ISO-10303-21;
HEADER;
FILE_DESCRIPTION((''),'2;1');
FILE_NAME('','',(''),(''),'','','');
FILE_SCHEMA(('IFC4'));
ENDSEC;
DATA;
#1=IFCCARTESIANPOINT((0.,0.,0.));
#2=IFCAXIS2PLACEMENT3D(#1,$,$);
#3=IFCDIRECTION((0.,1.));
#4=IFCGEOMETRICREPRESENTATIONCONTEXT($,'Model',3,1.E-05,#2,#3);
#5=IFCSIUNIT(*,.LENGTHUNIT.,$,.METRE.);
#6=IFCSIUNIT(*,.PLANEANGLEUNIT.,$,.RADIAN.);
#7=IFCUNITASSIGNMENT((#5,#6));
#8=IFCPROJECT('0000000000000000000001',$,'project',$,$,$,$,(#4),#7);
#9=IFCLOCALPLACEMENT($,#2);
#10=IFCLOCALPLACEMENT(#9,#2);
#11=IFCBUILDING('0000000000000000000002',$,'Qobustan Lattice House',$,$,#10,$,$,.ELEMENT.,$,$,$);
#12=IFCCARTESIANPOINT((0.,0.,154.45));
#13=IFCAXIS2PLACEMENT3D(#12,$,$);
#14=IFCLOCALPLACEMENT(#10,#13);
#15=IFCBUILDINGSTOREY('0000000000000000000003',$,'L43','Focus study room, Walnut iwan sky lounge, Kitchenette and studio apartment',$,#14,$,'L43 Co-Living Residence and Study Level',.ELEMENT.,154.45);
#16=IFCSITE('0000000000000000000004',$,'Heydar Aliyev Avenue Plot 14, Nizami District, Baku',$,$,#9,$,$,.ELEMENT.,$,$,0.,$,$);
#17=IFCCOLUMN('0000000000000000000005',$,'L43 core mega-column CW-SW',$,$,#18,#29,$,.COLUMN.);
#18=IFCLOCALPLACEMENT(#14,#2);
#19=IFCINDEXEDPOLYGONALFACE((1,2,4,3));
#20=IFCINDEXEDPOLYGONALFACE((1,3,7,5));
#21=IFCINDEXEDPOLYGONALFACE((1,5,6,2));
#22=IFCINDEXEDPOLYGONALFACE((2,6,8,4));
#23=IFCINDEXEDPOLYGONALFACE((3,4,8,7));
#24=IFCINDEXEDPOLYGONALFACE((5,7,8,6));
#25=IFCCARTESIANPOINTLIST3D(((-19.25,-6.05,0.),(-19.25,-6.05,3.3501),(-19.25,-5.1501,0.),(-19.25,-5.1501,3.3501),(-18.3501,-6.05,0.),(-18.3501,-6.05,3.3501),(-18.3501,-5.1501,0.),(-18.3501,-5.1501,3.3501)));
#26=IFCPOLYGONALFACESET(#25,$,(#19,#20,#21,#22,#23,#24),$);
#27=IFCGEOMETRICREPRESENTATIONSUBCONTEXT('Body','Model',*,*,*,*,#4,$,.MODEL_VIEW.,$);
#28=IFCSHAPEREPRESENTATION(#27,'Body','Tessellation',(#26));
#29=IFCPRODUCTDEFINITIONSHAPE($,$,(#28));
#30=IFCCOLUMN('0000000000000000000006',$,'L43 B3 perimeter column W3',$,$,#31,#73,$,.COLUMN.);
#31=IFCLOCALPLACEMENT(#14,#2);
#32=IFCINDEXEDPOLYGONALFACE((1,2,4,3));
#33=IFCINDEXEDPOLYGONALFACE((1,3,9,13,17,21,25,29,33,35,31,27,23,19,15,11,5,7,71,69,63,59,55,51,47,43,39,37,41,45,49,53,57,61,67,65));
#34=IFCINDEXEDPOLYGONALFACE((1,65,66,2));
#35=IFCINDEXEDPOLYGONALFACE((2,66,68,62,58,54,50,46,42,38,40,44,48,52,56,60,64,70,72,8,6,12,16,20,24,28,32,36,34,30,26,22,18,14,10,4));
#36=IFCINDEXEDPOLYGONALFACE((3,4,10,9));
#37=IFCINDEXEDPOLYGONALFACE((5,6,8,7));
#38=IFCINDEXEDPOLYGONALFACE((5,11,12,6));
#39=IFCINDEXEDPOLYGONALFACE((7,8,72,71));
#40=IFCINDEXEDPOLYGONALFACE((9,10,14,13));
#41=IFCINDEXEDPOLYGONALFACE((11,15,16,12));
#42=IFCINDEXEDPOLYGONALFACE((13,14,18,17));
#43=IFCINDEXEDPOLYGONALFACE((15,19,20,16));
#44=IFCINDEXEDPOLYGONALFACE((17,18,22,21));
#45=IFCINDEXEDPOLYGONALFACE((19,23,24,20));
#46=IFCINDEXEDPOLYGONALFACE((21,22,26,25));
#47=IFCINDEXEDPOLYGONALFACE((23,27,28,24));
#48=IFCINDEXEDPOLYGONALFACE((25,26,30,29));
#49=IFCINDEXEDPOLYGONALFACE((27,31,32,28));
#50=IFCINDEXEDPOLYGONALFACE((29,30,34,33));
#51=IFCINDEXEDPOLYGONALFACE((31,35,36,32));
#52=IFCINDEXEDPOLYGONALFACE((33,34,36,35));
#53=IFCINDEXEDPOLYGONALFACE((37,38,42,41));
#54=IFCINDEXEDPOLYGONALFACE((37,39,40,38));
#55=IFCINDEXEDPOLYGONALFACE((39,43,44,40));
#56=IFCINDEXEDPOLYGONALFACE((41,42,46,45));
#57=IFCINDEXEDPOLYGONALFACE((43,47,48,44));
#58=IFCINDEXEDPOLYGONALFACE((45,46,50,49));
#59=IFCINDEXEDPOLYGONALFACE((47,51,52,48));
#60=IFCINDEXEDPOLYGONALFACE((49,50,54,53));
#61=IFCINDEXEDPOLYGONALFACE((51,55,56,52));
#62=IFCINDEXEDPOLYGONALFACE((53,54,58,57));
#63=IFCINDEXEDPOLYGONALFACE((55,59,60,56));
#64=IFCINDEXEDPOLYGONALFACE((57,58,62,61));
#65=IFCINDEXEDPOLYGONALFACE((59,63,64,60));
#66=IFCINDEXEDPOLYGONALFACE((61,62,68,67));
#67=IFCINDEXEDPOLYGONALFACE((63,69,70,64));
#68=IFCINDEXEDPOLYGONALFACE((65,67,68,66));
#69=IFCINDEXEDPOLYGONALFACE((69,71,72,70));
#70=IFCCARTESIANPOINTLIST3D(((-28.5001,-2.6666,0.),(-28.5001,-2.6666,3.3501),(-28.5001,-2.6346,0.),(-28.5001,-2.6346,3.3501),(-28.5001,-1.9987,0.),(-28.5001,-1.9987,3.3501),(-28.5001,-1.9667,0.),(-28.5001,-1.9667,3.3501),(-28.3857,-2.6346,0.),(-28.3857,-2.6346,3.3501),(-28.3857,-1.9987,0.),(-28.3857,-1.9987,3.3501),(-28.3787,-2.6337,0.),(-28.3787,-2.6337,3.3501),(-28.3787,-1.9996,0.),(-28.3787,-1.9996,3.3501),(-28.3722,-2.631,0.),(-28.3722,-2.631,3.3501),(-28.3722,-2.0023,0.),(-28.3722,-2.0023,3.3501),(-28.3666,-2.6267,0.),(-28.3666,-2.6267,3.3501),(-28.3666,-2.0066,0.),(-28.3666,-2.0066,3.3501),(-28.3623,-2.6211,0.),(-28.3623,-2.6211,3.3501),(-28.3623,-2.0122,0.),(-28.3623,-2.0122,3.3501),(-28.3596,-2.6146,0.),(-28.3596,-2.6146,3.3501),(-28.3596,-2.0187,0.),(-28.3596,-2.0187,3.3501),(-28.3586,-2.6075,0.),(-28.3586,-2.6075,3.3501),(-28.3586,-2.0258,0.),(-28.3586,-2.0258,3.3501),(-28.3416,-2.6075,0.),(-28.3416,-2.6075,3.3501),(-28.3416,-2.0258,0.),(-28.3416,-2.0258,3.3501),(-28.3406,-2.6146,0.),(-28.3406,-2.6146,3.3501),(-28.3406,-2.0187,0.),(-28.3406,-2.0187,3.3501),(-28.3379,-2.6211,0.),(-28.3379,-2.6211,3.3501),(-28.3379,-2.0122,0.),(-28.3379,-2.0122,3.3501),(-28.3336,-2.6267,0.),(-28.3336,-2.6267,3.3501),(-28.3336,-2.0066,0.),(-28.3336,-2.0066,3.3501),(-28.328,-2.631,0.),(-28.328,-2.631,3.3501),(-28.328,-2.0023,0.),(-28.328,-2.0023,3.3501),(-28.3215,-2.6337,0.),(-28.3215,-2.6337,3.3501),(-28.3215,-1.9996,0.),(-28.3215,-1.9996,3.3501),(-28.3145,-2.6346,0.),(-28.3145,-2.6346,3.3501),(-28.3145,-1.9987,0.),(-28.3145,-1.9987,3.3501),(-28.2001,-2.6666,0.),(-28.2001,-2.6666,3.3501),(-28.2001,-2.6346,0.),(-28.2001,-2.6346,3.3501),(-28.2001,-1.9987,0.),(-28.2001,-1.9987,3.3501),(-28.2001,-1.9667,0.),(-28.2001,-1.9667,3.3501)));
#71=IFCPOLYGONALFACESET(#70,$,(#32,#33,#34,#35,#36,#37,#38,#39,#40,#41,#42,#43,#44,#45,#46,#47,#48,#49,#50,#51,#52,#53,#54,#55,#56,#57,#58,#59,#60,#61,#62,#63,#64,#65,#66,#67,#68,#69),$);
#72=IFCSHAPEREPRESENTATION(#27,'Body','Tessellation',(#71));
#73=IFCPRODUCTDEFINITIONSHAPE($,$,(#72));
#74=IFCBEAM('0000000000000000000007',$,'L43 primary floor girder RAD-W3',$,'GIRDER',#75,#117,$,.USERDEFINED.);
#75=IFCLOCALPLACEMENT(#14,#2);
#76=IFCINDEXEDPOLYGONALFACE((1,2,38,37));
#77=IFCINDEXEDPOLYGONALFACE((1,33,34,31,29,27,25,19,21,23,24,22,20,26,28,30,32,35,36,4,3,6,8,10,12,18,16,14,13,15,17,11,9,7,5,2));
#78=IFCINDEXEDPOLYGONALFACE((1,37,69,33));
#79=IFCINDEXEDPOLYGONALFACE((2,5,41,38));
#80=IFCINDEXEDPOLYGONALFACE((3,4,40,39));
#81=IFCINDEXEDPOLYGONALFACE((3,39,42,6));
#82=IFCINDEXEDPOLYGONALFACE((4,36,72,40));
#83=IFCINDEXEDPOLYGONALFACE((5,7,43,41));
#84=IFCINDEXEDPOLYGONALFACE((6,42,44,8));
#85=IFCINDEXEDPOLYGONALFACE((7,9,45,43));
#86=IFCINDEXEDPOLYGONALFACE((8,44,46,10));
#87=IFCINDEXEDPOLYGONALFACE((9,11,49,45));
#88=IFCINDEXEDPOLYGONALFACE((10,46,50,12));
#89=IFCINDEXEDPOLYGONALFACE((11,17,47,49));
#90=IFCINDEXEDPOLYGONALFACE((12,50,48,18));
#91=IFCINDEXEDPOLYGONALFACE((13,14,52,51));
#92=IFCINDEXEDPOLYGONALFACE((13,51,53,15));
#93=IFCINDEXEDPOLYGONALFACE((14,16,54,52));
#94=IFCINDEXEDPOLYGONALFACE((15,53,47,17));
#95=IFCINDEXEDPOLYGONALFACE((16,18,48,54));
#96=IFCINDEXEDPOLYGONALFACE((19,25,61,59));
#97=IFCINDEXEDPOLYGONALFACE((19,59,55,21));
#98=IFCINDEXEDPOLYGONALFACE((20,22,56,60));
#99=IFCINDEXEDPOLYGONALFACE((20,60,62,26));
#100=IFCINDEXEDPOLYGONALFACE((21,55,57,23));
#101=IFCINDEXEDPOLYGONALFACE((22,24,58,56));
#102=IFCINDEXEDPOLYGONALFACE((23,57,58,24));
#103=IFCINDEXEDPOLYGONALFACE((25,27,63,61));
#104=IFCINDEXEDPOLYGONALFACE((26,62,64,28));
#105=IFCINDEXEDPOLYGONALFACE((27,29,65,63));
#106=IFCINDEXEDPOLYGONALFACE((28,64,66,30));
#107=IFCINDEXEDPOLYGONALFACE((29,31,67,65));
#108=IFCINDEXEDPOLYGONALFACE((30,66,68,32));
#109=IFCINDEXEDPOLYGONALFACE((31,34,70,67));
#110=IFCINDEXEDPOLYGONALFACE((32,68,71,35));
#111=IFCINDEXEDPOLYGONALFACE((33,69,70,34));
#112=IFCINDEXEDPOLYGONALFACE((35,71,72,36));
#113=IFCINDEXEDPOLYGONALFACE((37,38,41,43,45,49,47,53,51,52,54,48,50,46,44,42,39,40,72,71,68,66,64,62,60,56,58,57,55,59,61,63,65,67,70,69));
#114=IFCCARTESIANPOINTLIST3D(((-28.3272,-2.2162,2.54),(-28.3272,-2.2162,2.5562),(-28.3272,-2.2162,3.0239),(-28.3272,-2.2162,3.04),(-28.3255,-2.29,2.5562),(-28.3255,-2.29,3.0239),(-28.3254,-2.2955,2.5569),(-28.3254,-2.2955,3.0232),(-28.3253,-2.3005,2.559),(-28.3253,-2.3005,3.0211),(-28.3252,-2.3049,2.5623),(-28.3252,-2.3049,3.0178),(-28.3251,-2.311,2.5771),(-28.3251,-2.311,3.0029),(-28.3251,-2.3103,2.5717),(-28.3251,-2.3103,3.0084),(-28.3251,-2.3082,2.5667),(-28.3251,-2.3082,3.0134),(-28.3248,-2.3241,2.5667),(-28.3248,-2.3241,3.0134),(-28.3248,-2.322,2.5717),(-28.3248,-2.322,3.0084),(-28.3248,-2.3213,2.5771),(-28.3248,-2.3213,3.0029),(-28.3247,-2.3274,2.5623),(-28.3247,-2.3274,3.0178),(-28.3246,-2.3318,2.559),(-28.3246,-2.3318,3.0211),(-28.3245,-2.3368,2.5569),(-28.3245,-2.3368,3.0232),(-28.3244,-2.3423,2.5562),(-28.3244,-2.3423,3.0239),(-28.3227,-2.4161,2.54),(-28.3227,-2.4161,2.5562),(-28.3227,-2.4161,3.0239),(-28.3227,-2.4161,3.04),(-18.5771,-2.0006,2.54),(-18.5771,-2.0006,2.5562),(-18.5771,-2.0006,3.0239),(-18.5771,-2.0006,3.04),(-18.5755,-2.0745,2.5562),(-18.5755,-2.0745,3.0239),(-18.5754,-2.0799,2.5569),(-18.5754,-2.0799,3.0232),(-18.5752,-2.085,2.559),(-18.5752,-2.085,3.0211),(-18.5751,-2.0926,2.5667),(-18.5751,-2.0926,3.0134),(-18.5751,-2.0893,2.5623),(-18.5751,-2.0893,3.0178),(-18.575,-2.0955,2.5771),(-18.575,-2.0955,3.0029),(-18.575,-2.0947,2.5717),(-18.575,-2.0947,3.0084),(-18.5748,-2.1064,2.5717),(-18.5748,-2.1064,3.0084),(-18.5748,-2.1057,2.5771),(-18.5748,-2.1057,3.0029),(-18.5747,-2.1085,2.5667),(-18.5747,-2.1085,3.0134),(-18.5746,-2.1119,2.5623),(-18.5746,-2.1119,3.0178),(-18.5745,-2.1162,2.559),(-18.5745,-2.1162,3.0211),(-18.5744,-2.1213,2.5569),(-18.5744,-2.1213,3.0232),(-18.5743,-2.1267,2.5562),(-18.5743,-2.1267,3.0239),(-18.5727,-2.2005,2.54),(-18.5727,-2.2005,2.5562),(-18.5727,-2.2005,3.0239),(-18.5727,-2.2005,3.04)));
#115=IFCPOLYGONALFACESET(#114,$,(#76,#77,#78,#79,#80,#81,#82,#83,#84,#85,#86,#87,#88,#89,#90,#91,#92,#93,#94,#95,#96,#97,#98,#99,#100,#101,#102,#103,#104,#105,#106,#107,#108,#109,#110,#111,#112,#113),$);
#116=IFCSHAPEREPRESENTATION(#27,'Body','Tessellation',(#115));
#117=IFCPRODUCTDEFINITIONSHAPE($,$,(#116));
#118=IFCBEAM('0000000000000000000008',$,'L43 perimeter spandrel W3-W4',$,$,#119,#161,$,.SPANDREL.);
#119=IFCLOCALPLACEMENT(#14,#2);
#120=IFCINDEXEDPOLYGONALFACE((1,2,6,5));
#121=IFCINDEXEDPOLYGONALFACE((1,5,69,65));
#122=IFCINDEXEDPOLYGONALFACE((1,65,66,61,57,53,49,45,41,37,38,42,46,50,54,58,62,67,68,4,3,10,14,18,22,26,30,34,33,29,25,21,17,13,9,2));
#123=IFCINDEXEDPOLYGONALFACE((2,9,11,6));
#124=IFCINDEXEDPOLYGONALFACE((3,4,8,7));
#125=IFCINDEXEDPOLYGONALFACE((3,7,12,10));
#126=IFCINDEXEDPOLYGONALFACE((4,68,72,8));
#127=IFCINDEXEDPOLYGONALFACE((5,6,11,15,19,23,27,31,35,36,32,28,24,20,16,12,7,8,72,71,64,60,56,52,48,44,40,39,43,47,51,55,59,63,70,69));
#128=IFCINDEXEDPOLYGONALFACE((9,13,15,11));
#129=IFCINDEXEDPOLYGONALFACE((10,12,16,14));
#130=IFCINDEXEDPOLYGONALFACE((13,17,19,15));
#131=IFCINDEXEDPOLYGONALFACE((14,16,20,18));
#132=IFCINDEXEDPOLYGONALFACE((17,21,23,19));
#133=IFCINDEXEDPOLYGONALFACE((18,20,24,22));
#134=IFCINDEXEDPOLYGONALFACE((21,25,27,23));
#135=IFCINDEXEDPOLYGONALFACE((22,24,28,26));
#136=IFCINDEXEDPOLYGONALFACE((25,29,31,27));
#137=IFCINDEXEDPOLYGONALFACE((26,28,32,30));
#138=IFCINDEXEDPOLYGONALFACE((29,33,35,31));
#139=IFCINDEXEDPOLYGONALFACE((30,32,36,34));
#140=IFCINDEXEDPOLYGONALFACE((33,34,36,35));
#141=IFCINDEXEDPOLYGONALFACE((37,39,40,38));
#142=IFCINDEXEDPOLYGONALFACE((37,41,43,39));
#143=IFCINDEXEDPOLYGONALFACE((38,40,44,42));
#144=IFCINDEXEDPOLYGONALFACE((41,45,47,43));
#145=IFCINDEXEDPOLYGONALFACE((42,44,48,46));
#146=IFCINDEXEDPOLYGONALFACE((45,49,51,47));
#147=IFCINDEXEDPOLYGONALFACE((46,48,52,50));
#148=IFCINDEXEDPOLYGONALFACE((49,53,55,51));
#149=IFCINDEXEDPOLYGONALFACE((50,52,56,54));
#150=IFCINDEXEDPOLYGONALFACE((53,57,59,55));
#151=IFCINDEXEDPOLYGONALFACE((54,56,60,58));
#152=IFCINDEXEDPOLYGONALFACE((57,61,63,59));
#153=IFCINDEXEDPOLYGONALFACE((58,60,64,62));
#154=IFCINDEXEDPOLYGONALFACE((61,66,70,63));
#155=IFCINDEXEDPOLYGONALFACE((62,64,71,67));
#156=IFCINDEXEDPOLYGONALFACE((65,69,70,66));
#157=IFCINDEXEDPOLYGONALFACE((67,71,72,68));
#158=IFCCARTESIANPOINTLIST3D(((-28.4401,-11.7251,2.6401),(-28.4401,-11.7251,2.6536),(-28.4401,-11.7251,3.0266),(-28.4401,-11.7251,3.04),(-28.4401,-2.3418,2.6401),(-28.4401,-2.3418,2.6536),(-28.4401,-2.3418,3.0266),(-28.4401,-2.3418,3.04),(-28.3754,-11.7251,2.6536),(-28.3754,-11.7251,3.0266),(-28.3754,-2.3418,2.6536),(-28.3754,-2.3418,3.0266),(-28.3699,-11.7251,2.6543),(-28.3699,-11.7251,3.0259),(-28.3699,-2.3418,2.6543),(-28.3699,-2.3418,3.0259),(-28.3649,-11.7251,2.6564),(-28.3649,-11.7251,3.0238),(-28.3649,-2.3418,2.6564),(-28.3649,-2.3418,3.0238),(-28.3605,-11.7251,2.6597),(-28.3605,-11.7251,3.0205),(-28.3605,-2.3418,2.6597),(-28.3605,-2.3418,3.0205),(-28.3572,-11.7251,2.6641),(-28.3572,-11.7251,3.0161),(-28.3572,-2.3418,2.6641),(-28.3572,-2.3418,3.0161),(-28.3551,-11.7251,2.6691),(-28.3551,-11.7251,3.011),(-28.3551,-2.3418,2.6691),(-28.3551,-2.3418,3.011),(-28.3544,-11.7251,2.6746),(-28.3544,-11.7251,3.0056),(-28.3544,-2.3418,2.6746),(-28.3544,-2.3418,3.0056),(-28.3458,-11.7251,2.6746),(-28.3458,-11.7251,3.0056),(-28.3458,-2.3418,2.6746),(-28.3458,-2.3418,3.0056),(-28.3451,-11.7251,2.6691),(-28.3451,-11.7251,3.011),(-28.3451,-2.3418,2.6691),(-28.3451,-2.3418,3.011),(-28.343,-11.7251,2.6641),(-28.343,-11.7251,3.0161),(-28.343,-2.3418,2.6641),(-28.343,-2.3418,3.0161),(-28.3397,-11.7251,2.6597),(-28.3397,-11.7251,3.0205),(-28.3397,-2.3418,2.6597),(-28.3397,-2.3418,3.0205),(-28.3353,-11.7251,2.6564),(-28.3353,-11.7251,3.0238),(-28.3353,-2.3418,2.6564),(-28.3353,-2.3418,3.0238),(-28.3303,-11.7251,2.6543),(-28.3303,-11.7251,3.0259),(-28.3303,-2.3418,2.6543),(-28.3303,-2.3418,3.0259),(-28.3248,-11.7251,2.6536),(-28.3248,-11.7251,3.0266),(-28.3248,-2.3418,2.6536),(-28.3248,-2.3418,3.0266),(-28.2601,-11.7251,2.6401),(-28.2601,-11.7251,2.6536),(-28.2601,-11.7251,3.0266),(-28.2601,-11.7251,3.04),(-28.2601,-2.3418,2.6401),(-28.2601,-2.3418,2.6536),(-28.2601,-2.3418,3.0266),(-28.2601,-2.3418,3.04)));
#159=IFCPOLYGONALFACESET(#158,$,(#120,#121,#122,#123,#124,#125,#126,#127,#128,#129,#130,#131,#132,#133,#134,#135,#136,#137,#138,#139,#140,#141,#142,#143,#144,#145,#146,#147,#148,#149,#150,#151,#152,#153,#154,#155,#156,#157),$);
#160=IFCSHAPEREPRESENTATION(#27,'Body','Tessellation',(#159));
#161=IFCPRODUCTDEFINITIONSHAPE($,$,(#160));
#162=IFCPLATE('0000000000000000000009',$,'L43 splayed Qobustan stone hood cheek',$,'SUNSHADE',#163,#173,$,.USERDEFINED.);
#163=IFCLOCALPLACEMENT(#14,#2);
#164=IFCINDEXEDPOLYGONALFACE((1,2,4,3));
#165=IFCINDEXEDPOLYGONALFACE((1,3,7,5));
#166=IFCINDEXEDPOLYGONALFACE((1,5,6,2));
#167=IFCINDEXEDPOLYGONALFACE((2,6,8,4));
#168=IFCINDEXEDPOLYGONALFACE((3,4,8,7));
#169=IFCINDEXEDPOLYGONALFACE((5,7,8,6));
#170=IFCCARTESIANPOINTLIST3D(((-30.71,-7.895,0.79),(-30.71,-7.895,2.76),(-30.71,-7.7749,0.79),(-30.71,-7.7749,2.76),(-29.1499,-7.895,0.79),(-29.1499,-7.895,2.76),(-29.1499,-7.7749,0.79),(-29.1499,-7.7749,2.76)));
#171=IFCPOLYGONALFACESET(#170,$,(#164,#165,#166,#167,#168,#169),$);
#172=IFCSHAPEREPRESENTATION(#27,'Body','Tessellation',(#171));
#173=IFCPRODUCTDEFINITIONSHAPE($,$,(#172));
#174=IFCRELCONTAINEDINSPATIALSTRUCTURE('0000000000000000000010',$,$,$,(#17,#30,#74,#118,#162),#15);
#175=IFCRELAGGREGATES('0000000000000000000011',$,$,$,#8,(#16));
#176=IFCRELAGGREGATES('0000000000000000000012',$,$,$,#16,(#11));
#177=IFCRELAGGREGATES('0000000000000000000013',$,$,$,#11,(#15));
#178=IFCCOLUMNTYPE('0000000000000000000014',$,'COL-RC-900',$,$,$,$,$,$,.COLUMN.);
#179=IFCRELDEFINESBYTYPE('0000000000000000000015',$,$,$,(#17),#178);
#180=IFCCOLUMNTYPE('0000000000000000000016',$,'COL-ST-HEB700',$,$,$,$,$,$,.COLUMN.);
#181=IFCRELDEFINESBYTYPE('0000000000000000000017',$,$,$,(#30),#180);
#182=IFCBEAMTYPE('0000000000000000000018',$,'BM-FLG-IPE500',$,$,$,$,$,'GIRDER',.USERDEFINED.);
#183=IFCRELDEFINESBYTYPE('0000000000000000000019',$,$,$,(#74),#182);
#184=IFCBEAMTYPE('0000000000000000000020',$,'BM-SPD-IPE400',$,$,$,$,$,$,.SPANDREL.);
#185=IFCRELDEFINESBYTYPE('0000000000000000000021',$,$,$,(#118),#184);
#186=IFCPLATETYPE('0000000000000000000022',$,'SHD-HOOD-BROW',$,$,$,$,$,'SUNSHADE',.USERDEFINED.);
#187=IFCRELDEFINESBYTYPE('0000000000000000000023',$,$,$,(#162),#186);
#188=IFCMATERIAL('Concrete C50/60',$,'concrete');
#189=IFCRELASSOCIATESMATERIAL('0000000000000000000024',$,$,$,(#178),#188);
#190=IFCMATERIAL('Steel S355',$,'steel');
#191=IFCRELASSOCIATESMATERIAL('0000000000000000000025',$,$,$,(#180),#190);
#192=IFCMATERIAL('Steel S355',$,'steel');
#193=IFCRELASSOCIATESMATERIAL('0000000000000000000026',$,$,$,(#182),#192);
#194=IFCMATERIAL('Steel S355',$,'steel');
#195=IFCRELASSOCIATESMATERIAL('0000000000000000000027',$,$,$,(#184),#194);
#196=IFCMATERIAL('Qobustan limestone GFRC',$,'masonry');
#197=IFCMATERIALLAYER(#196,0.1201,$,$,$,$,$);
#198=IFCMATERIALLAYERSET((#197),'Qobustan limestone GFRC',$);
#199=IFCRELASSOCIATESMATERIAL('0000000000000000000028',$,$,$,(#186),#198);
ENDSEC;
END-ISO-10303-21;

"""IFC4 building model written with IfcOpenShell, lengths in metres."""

from ifc_helpers import new_model, si_unit, direction, frame, origin, origin_2d, place, context, subcontext, project, spatial, rectangle, i_section, extrude, material, layer, layer_set, material_profile, profile_set, type_object, element, save


model = new_model("IFC4")

# Units and contexts
model_context = context("Model", 3, precision=1e-05, world=origin(), true_north=direction((0.0, 1.0)))
body_context = subcontext(model_context, "Body", "Model", "MODEL_VIEW")
ifc_project = project(units=[si_unit("LENGTHUNIT", "METRE"), si_unit("PLANEANGLEUNIT", "RADIAN")], contexts=[model_context])

# Site, building, storey
site_placement = place(None, origin())
site = spatial("IfcSite", under=ifc_project, at=site_placement, Name="Heydar Aliyev Avenue Plot 14, Nizami District, Baku", CompositionType="ELEMENT", RefElevation=0.0)
building_placement = place(site_placement, origin())
building = spatial("IfcBuilding", under=site, at=building_placement, Name="Qobustan Lattice House", CompositionType="ELEMENT")
storey_placement = place(building_placement, frame((0.0, 0.0, 154.45)))
storey = spatial("IfcBuildingStorey", under=building, at=storey_placement, Name="L43", Description="Focus study room, Walnut iwan sky lounge, Kitchenette and studio apartment", LongName="L43 Co-Living Residence and Study Level", CompositionType="ELEMENT", Elevation=154.45)

# Columns
ifc_material_1 = material(Name="Concrete C50/60", Category="concrete")
ifc_material_profile_1 = material_profile(ifc_material_1, rectangle(XDim=0.8999, YDim=0.8999, at=origin_2d()), Name="RC900x900")
ifc_profile_set_1 = profile_set([ifc_material_profile_1], Name="Concrete C50/60")
column_type_1 = type_object("IfcColumnType", Name="COL-RC-900", PredefinedType="COLUMN", material=ifc_profile_set_1)
column_1_placement = place(storey_placement, frame((-18.8, -5.6001, 0.0), z_axis=(0.0, 0.0, 1.0), x_axis=(1.0, 0.0, 0.0)))
element("IfcColumn", 1, at=column_1_placement, inside=storey, type_object=column_type_1, Name="L43 core mega-column CW-SW", PredefinedType="COLUMN", context=body_context, shape_type="SweptSolid", body=[
    extrude(rectangle(XDim=0.8999, YDim=0.8999, at=origin_2d()), origin(), (0.0, 0.0, 1.0), 3.3501),
])
ifc_material_2 = material(Name="Steel S355", Category="steel")
ifc_material_profile_2 = material_profile(ifc_material_2, i_section(OverallWidth=0.3, OverallDepth=0.7, WebThickness=0.0171, FlangeThickness=0.032, FilletRadius=0.0271, at=origin_2d()), Name="HEB700")
ifc_profile_set_2 = profile_set([ifc_material_profile_2], Name="Steel S355")
column_type_2 = type_object("IfcColumnType", Name="COL-ST-HEB700", PredefinedType="COLUMN", material=ifc_profile_set_2)
column_2_placement = place(storey_placement, frame((-28.3501, -2.3167, 0.0), z_axis=(0.0, 0.0, 1.0), x_axis=(1.0, 0.0, 0.0)))
element("IfcColumn", 2, at=column_2_placement, inside=storey, type_object=column_type_2, Name="L43 B3 perimeter column W3", PredefinedType="COLUMN", context=body_context, shape_type="SweptSolid", body=[
    extrude(i_section(OverallWidth=0.3, OverallDepth=0.7, WebThickness=0.0171, FlangeThickness=0.032, FilletRadius=0.0271, at=origin_2d()), origin(), (0.0, 0.0, 1.0), 3.3501),
])

# Beams
ifc_material_3 = material(Name="Steel S355", Category="steel")
ifc_material_profile_3 = material_profile(ifc_material_3, i_section(OverallWidth=0.2, OverallDepth=0.5, WebThickness=0.0103, FlangeThickness=0.0161, FilletRadius=0.021, at=origin_2d()), Name="IPE500")
ifc_profile_set_3 = profile_set([ifc_material_profile_3], Name="Steel S355")
beam_type_1 = type_object("IfcBeamType", Name="BM-FLG-IPE500", ElementType="GIRDER", PredefinedType="USERDEFINED", material=ifc_profile_set_3)
beam_1_placement = place(storey_placement, frame((-28.325, -2.3162, 2.79), z_axis=(0.999756, 0.022105, 0.0), x_axis=(-0.022105, 0.999756, 0.0)))
element("IfcBeam", 3, at=beam_1_placement, inside=storey, type_object=beam_type_1, Name="L43 primary floor girder RAD-W3", ObjectType="GIRDER", PredefinedType="USERDEFINED", context=body_context, shape_type="SweptSolid", body=[
    extrude(i_section(OverallWidth=0.2, OverallDepth=0.5, WebThickness=0.0103, FlangeThickness=0.0161, FilletRadius=0.021, at=origin_2d()), origin(), (0.0, 0.0, 1.0), 9.7524),
])
ifc_material_4 = material(Name="Steel S355", Category="steel")
ifc_material_profile_4 = material_profile(ifc_material_4, i_section(OverallWidth=0.1799, OverallDepth=0.3999, WebThickness=0.0085, FlangeThickness=0.0134, FilletRadius=0.021, at=origin_2d()), Name="IPE400")
ifc_profile_set_4 = profile_set([ifc_material_profile_4], Name="Steel S355")
beam_type_2 = type_object("IfcBeamType", Name="BM-SPD-IPE400", PredefinedType="SPANDREL", material=ifc_profile_set_4)
beam_2_placement = place(storey_placement, frame((-28.3501, -2.3418, 2.8401), z_axis=(0.0, -1.0, 0.0), x_axis=(1.0, 0.0, 0.0)))
element("IfcBeam", 4, at=beam_2_placement, inside=storey, type_object=beam_type_2, Name="L43 perimeter spandrel W3-W4", PredefinedType="SPANDREL", context=body_context, shape_type="SweptSolid", body=[
    extrude(i_section(OverallWidth=0.1799, OverallDepth=0.3999, WebThickness=0.0085, FlangeThickness=0.0134, FilletRadius=0.021, at=origin_2d()), origin(), (0.0, 0.0, 1.0), 9.3833),
])

# Plate
ifc_material_5 = material(Name="Qobustan limestone GFRC", Category="masonry")
ifc_layer_1 = layer(ifc_material_5, 0.1201)
ifc_layer_set_1 = layer_set([ifc_layer_1], Name="Qobustan limestone GFRC")
plate_type = type_object("IfcPlateType", Name="SHD-HOOD-BROW", ElementType="SUNSHADE", PredefinedType="USERDEFINED", material=ifc_layer_set_1)
plate_placement = place(storey_placement, frame((-29.9299, -7.835, 0.79), z_axis=(0.0, 0.0, 1.0), x_axis=(0.0, 1.0, 0.0)))
element("IfcPlate", 5, at=plate_placement, inside=storey, type_object=plate_type, Name="L43 splayed Qobustan stone hood cheek", ObjectType="SUNSHADE", PredefinedType="USERDEFINED", context=body_context, shape_type="SweptSolid", body=[
    extrude(rectangle(XDim=0.1201, YDim=1.5601, at=origin_2d()), origin(), (0.0, 0.0, 1.0), 1.97),
])

save(model, "model.ifc")
